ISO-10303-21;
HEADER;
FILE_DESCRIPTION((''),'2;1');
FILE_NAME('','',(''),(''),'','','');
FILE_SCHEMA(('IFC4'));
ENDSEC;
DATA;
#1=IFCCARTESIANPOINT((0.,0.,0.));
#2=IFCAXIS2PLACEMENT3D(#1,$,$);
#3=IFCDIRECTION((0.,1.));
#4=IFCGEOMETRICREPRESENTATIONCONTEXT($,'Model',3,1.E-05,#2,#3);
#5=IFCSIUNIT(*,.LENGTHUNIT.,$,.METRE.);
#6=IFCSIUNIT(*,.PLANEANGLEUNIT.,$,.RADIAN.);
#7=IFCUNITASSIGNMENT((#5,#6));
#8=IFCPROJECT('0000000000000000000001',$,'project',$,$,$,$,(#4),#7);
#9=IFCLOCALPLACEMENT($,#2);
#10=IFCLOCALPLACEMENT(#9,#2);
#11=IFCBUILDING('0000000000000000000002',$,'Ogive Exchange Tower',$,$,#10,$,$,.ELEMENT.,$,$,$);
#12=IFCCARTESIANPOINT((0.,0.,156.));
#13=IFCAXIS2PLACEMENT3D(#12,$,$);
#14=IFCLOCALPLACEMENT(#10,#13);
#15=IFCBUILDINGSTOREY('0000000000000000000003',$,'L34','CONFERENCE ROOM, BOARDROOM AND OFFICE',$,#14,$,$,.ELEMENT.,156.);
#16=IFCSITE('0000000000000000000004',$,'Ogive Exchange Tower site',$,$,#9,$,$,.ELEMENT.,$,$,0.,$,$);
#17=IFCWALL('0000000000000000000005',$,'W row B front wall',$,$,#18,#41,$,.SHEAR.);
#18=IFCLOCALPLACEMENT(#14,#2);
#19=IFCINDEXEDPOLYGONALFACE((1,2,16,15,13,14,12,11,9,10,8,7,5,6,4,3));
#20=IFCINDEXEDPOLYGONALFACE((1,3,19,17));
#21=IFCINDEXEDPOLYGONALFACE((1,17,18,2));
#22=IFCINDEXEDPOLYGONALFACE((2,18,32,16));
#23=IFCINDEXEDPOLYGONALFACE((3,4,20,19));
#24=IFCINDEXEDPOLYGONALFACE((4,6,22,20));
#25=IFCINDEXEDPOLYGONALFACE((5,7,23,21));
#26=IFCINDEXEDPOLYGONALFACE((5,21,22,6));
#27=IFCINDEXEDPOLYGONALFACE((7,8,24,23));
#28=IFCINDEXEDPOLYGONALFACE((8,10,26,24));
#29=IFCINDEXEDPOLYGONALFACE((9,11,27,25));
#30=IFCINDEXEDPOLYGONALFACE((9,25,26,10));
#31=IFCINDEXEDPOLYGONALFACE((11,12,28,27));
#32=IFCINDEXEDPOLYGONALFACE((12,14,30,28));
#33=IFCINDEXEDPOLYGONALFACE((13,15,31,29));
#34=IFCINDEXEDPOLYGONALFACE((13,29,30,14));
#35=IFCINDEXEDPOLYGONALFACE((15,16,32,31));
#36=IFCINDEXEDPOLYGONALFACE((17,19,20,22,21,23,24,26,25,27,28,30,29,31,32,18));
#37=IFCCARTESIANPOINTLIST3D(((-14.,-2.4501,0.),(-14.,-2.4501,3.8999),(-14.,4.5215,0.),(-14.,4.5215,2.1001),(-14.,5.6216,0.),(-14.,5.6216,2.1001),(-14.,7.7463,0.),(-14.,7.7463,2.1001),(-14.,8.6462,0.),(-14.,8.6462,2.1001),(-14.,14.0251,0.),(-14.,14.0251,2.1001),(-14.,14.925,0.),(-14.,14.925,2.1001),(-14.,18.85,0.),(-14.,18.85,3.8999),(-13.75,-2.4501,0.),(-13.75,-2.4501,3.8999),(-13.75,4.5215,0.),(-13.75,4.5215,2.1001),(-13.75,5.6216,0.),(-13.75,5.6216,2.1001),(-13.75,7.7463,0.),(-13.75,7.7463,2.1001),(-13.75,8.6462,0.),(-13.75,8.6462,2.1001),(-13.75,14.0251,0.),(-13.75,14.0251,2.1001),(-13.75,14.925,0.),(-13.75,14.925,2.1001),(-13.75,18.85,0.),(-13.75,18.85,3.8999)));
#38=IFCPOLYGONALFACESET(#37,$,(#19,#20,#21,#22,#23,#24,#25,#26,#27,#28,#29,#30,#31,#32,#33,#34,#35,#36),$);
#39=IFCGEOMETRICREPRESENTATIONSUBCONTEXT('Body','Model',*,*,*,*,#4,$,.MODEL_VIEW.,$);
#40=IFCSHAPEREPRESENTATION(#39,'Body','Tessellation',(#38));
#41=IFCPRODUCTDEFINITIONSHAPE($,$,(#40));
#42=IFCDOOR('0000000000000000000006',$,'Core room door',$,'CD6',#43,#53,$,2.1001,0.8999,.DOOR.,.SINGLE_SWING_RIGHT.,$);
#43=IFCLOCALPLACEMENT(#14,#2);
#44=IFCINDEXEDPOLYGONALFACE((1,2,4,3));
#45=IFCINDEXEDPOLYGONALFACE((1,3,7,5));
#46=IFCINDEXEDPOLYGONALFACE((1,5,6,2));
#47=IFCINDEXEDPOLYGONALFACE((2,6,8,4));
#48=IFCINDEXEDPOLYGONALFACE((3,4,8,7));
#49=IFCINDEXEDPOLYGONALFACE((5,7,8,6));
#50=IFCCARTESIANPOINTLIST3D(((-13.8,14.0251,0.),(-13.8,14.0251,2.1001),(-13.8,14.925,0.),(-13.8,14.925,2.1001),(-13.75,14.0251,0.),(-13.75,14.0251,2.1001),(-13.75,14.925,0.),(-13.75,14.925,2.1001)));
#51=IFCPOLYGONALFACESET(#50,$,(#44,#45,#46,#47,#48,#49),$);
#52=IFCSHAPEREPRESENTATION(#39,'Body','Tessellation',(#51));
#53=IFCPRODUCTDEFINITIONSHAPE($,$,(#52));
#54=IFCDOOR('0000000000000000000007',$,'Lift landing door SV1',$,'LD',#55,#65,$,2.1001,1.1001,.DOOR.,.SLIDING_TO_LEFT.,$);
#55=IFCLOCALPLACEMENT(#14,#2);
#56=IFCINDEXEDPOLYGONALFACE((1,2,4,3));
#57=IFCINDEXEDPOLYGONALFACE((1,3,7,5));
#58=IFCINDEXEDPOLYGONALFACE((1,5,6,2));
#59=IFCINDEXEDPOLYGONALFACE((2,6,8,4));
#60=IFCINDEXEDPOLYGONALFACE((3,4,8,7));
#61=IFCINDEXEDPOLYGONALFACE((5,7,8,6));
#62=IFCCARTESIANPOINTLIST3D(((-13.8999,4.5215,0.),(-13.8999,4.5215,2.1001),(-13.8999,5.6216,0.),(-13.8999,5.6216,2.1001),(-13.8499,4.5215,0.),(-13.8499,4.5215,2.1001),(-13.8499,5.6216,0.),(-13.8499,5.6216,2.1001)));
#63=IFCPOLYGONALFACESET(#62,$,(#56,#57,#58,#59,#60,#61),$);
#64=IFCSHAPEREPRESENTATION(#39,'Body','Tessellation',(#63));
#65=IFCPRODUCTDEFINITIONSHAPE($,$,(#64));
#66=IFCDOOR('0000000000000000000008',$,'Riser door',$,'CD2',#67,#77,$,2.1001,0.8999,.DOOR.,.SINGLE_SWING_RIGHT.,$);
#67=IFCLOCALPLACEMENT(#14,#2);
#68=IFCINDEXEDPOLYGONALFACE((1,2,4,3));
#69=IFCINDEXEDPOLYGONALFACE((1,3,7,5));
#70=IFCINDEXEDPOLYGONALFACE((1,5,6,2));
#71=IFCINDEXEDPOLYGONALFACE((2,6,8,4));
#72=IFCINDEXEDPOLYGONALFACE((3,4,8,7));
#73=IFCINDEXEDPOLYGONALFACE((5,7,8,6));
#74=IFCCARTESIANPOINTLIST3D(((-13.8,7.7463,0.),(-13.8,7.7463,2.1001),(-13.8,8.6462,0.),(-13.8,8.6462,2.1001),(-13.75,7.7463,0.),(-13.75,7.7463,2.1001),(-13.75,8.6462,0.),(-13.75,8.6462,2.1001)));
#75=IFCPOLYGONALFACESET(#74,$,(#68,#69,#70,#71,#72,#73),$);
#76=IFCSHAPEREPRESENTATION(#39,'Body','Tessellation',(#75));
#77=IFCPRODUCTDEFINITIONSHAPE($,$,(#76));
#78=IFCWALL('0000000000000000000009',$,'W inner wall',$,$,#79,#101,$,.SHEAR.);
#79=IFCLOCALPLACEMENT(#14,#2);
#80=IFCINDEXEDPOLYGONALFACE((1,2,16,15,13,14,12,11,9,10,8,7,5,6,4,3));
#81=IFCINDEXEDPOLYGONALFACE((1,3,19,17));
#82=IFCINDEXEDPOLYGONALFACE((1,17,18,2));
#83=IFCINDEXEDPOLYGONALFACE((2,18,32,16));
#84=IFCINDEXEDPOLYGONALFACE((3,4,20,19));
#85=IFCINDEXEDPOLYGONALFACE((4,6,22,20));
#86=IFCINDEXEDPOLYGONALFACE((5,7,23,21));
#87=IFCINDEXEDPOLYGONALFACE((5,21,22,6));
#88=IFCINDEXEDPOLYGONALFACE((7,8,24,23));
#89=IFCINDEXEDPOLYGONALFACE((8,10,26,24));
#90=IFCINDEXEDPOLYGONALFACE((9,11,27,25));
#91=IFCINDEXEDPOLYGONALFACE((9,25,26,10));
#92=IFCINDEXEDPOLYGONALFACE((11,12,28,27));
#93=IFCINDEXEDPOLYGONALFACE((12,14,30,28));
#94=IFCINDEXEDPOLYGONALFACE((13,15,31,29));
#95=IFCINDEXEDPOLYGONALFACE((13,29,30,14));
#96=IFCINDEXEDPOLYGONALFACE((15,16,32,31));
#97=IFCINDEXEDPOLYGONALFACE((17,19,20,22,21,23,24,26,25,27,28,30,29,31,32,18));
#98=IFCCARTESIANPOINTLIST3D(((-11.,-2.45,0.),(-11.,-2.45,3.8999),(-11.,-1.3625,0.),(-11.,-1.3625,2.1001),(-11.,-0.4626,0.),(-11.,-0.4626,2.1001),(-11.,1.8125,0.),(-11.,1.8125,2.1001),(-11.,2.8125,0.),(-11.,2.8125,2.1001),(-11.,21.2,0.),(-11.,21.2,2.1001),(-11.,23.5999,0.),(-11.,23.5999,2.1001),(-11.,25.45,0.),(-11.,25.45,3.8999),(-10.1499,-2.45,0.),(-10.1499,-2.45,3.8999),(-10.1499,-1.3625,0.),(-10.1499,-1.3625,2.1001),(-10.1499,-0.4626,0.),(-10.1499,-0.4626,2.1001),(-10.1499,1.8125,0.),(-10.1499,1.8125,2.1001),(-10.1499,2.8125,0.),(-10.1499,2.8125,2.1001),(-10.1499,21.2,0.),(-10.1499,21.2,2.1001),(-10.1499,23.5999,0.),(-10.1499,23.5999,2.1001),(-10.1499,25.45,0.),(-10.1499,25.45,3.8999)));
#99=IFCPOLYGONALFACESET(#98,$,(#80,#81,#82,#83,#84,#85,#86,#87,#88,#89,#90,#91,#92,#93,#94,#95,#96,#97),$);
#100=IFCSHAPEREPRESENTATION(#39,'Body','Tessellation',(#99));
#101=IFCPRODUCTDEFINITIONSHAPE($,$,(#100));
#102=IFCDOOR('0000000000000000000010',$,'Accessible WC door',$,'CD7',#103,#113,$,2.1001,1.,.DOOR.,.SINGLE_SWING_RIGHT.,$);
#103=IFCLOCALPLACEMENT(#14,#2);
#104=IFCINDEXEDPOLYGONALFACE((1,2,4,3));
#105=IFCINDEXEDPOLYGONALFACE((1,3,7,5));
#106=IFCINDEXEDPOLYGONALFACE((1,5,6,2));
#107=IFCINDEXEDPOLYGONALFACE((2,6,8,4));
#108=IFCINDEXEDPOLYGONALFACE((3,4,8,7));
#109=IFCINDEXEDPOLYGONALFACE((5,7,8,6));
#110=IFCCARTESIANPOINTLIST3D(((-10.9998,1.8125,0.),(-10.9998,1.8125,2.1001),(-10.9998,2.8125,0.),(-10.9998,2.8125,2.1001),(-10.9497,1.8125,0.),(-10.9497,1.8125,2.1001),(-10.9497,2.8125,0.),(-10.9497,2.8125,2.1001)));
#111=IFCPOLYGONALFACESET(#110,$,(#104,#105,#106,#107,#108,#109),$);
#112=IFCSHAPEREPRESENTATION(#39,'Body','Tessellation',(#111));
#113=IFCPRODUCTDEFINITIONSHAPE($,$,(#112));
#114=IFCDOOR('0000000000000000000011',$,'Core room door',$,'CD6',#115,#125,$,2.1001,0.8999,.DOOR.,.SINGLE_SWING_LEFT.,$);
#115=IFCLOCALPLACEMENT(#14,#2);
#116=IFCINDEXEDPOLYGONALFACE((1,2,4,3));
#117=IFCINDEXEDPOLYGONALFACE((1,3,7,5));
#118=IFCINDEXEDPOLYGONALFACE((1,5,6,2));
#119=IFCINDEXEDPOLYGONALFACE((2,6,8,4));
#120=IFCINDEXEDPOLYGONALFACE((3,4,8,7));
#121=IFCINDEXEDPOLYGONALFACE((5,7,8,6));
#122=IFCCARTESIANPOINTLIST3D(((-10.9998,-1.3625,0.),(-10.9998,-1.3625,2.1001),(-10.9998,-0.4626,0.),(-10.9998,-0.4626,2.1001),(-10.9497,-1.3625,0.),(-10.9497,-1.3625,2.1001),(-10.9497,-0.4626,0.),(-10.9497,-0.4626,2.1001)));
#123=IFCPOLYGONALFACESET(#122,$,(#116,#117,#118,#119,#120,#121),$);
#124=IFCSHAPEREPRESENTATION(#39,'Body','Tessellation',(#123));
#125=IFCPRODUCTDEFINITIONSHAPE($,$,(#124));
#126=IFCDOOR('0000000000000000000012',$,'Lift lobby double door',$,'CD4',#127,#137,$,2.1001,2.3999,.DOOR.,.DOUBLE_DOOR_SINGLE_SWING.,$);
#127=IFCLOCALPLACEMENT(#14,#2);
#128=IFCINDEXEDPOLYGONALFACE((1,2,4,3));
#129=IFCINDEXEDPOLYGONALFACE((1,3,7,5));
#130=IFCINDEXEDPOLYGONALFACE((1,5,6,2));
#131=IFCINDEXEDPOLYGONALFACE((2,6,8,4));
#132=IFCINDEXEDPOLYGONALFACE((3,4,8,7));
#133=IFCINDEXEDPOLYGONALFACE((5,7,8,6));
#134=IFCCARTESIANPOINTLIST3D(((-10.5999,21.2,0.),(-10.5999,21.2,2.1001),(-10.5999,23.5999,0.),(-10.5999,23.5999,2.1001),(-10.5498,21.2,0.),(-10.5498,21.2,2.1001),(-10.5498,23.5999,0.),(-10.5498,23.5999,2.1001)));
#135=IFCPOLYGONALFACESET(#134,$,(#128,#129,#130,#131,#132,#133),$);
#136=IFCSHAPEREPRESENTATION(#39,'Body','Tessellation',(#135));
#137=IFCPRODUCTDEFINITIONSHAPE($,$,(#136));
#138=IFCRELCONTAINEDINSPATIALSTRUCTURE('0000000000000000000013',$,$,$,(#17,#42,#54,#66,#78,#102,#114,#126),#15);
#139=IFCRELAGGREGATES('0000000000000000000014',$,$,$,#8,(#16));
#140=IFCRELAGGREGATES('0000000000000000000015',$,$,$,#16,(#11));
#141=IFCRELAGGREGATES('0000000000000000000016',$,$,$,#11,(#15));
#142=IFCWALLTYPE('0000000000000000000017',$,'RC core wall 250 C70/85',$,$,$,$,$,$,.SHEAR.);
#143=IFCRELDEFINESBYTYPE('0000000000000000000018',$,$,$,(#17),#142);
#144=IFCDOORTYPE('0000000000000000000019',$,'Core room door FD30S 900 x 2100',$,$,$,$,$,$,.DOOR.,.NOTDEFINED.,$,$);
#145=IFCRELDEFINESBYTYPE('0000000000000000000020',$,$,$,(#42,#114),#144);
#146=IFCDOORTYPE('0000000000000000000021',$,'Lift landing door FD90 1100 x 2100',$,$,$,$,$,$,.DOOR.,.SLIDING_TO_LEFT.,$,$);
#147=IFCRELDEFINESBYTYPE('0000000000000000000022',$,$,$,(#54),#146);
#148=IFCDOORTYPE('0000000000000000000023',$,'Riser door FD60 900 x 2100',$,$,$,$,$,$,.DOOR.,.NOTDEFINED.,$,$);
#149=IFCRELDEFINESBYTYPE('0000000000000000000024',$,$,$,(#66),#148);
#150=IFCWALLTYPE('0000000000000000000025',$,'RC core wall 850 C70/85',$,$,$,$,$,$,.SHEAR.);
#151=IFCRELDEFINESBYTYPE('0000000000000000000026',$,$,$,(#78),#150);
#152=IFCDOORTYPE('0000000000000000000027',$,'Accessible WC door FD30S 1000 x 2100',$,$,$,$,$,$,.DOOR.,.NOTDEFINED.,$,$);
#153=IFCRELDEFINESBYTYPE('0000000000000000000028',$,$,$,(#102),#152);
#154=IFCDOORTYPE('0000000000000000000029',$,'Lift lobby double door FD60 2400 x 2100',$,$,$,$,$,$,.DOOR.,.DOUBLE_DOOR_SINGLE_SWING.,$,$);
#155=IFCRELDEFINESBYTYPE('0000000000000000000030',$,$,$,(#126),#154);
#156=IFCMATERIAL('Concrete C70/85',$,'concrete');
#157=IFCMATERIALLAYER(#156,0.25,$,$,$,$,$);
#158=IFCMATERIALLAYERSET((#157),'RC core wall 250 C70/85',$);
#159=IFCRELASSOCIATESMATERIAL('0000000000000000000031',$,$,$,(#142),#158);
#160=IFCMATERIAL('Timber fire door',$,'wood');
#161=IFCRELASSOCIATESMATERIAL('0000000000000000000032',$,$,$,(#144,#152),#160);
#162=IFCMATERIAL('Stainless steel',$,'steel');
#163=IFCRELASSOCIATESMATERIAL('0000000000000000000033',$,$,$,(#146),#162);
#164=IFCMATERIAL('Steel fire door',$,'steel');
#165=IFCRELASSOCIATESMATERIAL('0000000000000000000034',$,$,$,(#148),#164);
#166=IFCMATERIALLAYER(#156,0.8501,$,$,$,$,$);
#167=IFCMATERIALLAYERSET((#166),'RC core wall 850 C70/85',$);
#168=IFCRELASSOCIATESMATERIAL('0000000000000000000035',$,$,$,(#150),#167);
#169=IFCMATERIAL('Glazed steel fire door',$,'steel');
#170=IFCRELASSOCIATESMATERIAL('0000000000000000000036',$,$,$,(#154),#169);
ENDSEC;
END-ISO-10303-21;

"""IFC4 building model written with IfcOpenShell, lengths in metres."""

from ifc_helpers import new_model, si_unit, direction, frame, frame_2d, origin, place, context, subcontext, project, spatial, rectangle, extrude, material, layer, layer_set, type_object, element, fill, save


model = new_model("IFC4")

# Units and contexts
model_context = context("Model", 3, precision=1e-05, world=origin(), true_north=direction((0.0, 1.0)))
body_context = subcontext(model_context, "Body", "Model", "MODEL_VIEW")
ifc_project = project(units=[si_unit("LENGTHUNIT", "METRE"), si_unit("PLANEANGLEUNIT", "RADIAN")], contexts=[model_context])

# Site, building, storey
site_placement = place(None, origin())
site = spatial("IfcSite", under=ifc_project, at=site_placement, Name="Ogive Exchange Tower site", CompositionType="ELEMENT", RefElevation=0.0)
building_placement = place(site_placement, origin())
building = spatial("IfcBuilding", under=site, at=building_placement, Name="Ogive Exchange Tower", CompositionType="ELEMENT")
storey_placement = place(building_placement, frame((0.0, 0.0, 156.0)))
storey = spatial("IfcBuildingStorey", under=building, at=storey_placement, Name="L34", Description="CONFERENCE ROOM, BOARDROOM AND OFFICE", CompositionType="ELEMENT", Elevation=156.0)

# Shared definitions
ifc_material_1 = material(Name="Concrete C70/85", Category="concrete")
ifc_layer_1 = layer(ifc_material_1, 0.25)
ifc_layer_set_1 = layer_set([ifc_layer_1], Name="RC core wall 250 C70/85")
wall_type_1 = type_object("IfcWallType", Name="RC core wall 250 C70/85", PredefinedType="SHEAR", material=ifc_layer_set_1)
ifc_material_2 = material(Name="Steel fire door", Category="steel")

# Walls, openings, doors
wall_1_placement = place(storey_placement, frame((-13.875, -2.45, 0.0), z_axis=(0.0, 0.0, 1.0), x_axis=(0.0, 1.0, 0.0)))
wall_1 = element("IfcWall", 1, at=wall_1_placement, inside=storey, type_object=wall_type_1, Name="W row B front wall", PredefinedType="SHEAR", context=body_context, shape_type="SweptSolid", body=[
    extrude(rectangle(XDim=21.3, YDim=0.25, at=frame_2d((10.6499, 0.0))), origin(), (0.0, 0.0, 1.0), 3.8999),
])
opening_1_placement = place(wall_1_placement, frame((10.1963, 0.0, 0.0)))
opening_1 = element("IfcOpeningElement", 2, at=opening_1_placement, cuts=wall_1, PredefinedType="OPENING", context=body_context, shape_type="SweptSolid", body=[
    extrude(rectangle(XDim=0.8999, YDim=2.1001, at=frame_2d((0.45, 1.05))), frame((0.0, 0.135, 0.0), z_axis=(0.0, -1.0, 0.0), x_axis=(1.0, 0.0, 0.0)), (0.0, 0.0, 1.0), 0.27),
])
opening_2_placement = place(wall_1_placement, frame((16.4751, 0.0, 0.0)))
opening_2 = element("IfcOpeningElement", 3, at=opening_2_placement, cuts=wall_1, PredefinedType="OPENING", context=body_context, shape_type="SweptSolid", body=[
    extrude(rectangle(XDim=0.8999, YDim=2.1001, at=frame_2d((0.45, 1.05))), frame((0.0, 0.135, 0.0), z_axis=(0.0, -1.0, 0.0), x_axis=(1.0, 0.0, 0.0)), (0.0, 0.0, 1.0), 0.27),
])
opening_3_placement = place(wall_1_placement, frame((6.9714, 0.0, 0.0)))
opening_3 = element("IfcOpeningElement", 4, at=opening_3_placement, cuts=wall_1, PredefinedType="OPENING", context=body_context, shape_type="SweptSolid", body=[
    extrude(rectangle(XDim=1.1001, YDim=2.1001, at=frame_2d((0.55, 1.05))), frame((0.0, 0.135, 0.0), z_axis=(0.0, -1.0, 0.0), x_axis=(1.0, 0.0, 0.0)), (0.0, 0.0, 1.0), 0.27),
])
ifc_material_3 = material(Name="Timber fire door", Category="wood")
door_type_1 = type_object("IfcDoorType", Name="Core room door FD30S 900 x 2100", OperationType="NOTDEFINED", PredefinedType="DOOR", material=ifc_material_3)
door_1_placement = place(opening_2_placement, frame((0.8999, -0.2002, 0.0), z_axis=(0.0, 0.0, 1.0), x_axis=(-1.0, 0.0, 0.0)))
door_1 = element("IfcDoor", 5, at=door_1_placement, inside=storey, type_object=door_type_1, Name="Core room door", ObjectType="CD6", OperationType="SINGLE_SWING_RIGHT", OverallHeight=2.1001, OverallWidth=0.8999, PredefinedType="DOOR", context=body_context, shape_type="SweptSolid", body=[
    extrude(rectangle(XDim=0.8999, YDim=2.1001, at=frame_2d((0.45, 1.05))), frame((0.0, -0.0752, 0.0), z_axis=(0.0, -1.0, 0.0), x_axis=(1.0, 0.0, 0.0)), (0.0, 0.0, 1.0), 0.05),
])
fill(opening_2, door_1)
ifc_material_4 = material(Name="Stainless steel", Category="steel")
door_type_2 = type_object("IfcDoorType", Name="Lift landing door FD90 1100 x 2100", OperationType="SLIDING_TO_LEFT", PredefinedType="DOOR", material=ifc_material_4)
door_2_placement = place(opening_3_placement, origin())
door_2 = element("IfcDoor", 6, at=door_2_placement, inside=storey, type_object=door_type_2, Name="Lift landing door SV1", ObjectType="LD", OperationType="SLIDING_TO_LEFT", OverallHeight=2.1001, OverallWidth=1.1001, PredefinedType="DOOR", context=body_context, shape_type="SweptSolid", body=[
    extrude(rectangle(XDim=1.1001, YDim=2.1001, at=frame_2d((0.55, 1.05))), frame((0.0, 0.0249, 0.0), z_axis=(0.0, -1.0, 0.0), x_axis=(1.0, 0.0, 0.0)), (0.0, 0.0, 1.0), 0.05),
])
fill(opening_3, door_2)
door_type_3 = type_object("IfcDoorType", Name="Riser door FD60 900 x 2100", OperationType="NOTDEFINED", PredefinedType="DOOR", material=ifc_material_2)
door_3_placement = place(opening_1_placement, frame((0.8999, -0.2002, 0.0), z_axis=(0.0, 0.0, 1.0), x_axis=(-1.0, 0.0, 0.0)))
door_3 = element("IfcDoor", 7, at=door_3_placement, inside=storey, type_object=door_type_3, Name="Riser door", ObjectType="CD2", OperationType="SINGLE_SWING_RIGHT", OverallHeight=2.1001, OverallWidth=0.8999, PredefinedType="DOOR", context=body_context, shape_type="SweptSolid", body=[
    extrude(rectangle(XDim=0.8999, YDim=2.1001, at=frame_2d((0.45, 1.05))), frame((0.0, -0.0752, 0.0), z_axis=(0.0, -1.0, 0.0), x_axis=(1.0, 0.0, 0.0)), (0.0, 0.0, 1.0), 0.05),
])
fill(opening_1, door_3)
ifc_layer_2 = layer(ifc_material_1, 0.8501)
ifc_layer_set_2 = layer_set([ifc_layer_2], Name="RC core wall 850 C70/85")
wall_type_2 = type_object("IfcWallType", Name="RC core wall 850 C70/85", PredefinedType="SHEAR", material=ifc_layer_set_2)
wall_2_placement = place(storey_placement, frame((-10.575, -2.45, 0.0), z_axis=(0.0, 0.0, 1.0), x_axis=(0.0, 1.0, 0.0)))
wall_2 = element("IfcWall", 8, at=wall_2_placement, inside=storey, type_object=wall_type_2, Name="W inner wall", PredefinedType="SHEAR", context=body_context, shape_type="SweptSolid", body=[
    extrude(rectangle(XDim=27.8999, YDim=0.8501, at=frame_2d((13.95, 0.0))), origin(), (0.0, 0.0, 1.0), 3.8999),
])
opening_4_placement = place(wall_2_placement, frame((23.6499, 0.0, 0.0)))
opening_4 = element("IfcOpeningElement", 9, at=opening_4_placement, cuts=wall_2, PredefinedType="OPENING", context=body_context, shape_type="SweptSolid", body=[
    extrude(rectangle(XDim=2.3999, YDim=2.1001, at=frame_2d((1.2, 1.05))), frame((0.0, 0.4351, 0.0), z_axis=(0.0, -1.0, 0.0), x_axis=(1.0, 0.0, 0.0)), (0.0, 0.0, 1.0), 0.8701),
])
opening_5_placement = place(wall_2_placement, frame((1.0874, 0.0, 0.0)))
opening_5 = element("IfcOpeningElement", 10, at=opening_5_placement, cuts=wall_2, PredefinedType="OPENING", context=body_context, shape_type="SweptSolid", body=[
    extrude(rectangle(XDim=0.8999, YDim=2.1001, at=frame_2d((0.45, 1.05))), frame((0.0, 0.4351, 0.0), z_axis=(0.0, -1.0, 0.0), x_axis=(1.0, 0.0, 0.0)), (0.0, 0.0, 1.0), 0.8701),
])
opening_6_placement = place(wall_2_placement, frame((4.2625, 0.0, 0.0)))
opening_6 = element("IfcOpeningElement", 11, at=opening_6_placement, cuts=wall_2, PredefinedType="OPENING", context=body_context, shape_type="SweptSolid", body=[
    extrude(rectangle(XDim=1.0, YDim=2.1001, at=frame_2d((0.5, 1.05))), frame((0.0, 0.4351, 0.0), z_axis=(0.0, -1.0, 0.0), x_axis=(1.0, 0.0, 0.0)), (0.0, 0.0, 1.0), 0.8701),
])
door_type_4 = type_object("IfcDoorType", Name="Accessible WC door FD30S 1000 x 2100", OperationType="NOTDEFINED", PredefinedType="DOOR", material=ifc_material_3)
door_4_placement = place(opening_6_placement, origin())
door_4 = element("IfcDoor", 12, at=door_4_placement, inside=storey, type_object=door_type_4, Name="Accessible WC door", ObjectType="CD7", OperationType="SINGLE_SWING_RIGHT", OverallHeight=2.1001, OverallWidth=1.0, PredefinedType="DOOR", context=body_context, shape_type="SweptSolid", body=[
    extrude(rectangle(XDim=1.0, YDim=2.1001, at=frame_2d((0.5, 1.05))), frame((0.0, 0.4248, 0.0), z_axis=(0.0, -1.0, 0.0), x_axis=(1.0, 0.0, 0.0)), (0.0, 0.0, 1.0), 0.05),
])
fill(opening_6, door_4)
door_5_placement = place(opening_5_placement, origin())
door_5 = element("IfcDoor", 13, at=door_5_placement, inside=storey, type_object=door_type_1, Name="Core room door", ObjectType="CD6", OperationType="SINGLE_SWING_LEFT", OverallHeight=2.1001, OverallWidth=0.8999, PredefinedType="DOOR", context=body_context, shape_type="SweptSolid", body=[
    extrude(rectangle(XDim=0.8999, YDim=2.1001, at=frame_2d((0.45, 1.05))), frame((0.0, 0.4248, 0.0), z_axis=(0.0, -1.0, 0.0), x_axis=(1.0, 0.0, 0.0)), (0.0, 0.0, 1.0), 0.05),
])
fill(opening_5, door_5)
ifc_material_5 = material(Name="Glazed steel fire door", Category="steel")
door_type_5 = type_object("IfcDoorType", Name="Lift lobby double door FD60 2400 x 2100", OperationType="DOUBLE_DOOR_SINGLE_SWING", PredefinedType="DOOR", material=ifc_material_5)
door_6_placement = place(opening_4_placement, origin())
door_6 = element("IfcDoor", 14, at=door_6_placement, inside=storey, type_object=door_type_5, Name="Lift lobby double door", ObjectType="CD4", OperationType="DOUBLE_DOOR_SINGLE_SWING", OverallHeight=2.1001, OverallWidth=2.3999, PredefinedType="DOOR", context=body_context, shape_type="SweptSolid", body=[
    extrude(rectangle(XDim=2.3999, YDim=2.1001, at=frame_2d((1.2, 1.05))), frame((0.0, 0.0249, 0.0), z_axis=(0.0, -1.0, 0.0), x_axis=(1.0, 0.0, 0.0)), (0.0, 0.0, 1.0), 0.05),
])
fill(opening_4, door_6)

save(model, "model.ifc")
